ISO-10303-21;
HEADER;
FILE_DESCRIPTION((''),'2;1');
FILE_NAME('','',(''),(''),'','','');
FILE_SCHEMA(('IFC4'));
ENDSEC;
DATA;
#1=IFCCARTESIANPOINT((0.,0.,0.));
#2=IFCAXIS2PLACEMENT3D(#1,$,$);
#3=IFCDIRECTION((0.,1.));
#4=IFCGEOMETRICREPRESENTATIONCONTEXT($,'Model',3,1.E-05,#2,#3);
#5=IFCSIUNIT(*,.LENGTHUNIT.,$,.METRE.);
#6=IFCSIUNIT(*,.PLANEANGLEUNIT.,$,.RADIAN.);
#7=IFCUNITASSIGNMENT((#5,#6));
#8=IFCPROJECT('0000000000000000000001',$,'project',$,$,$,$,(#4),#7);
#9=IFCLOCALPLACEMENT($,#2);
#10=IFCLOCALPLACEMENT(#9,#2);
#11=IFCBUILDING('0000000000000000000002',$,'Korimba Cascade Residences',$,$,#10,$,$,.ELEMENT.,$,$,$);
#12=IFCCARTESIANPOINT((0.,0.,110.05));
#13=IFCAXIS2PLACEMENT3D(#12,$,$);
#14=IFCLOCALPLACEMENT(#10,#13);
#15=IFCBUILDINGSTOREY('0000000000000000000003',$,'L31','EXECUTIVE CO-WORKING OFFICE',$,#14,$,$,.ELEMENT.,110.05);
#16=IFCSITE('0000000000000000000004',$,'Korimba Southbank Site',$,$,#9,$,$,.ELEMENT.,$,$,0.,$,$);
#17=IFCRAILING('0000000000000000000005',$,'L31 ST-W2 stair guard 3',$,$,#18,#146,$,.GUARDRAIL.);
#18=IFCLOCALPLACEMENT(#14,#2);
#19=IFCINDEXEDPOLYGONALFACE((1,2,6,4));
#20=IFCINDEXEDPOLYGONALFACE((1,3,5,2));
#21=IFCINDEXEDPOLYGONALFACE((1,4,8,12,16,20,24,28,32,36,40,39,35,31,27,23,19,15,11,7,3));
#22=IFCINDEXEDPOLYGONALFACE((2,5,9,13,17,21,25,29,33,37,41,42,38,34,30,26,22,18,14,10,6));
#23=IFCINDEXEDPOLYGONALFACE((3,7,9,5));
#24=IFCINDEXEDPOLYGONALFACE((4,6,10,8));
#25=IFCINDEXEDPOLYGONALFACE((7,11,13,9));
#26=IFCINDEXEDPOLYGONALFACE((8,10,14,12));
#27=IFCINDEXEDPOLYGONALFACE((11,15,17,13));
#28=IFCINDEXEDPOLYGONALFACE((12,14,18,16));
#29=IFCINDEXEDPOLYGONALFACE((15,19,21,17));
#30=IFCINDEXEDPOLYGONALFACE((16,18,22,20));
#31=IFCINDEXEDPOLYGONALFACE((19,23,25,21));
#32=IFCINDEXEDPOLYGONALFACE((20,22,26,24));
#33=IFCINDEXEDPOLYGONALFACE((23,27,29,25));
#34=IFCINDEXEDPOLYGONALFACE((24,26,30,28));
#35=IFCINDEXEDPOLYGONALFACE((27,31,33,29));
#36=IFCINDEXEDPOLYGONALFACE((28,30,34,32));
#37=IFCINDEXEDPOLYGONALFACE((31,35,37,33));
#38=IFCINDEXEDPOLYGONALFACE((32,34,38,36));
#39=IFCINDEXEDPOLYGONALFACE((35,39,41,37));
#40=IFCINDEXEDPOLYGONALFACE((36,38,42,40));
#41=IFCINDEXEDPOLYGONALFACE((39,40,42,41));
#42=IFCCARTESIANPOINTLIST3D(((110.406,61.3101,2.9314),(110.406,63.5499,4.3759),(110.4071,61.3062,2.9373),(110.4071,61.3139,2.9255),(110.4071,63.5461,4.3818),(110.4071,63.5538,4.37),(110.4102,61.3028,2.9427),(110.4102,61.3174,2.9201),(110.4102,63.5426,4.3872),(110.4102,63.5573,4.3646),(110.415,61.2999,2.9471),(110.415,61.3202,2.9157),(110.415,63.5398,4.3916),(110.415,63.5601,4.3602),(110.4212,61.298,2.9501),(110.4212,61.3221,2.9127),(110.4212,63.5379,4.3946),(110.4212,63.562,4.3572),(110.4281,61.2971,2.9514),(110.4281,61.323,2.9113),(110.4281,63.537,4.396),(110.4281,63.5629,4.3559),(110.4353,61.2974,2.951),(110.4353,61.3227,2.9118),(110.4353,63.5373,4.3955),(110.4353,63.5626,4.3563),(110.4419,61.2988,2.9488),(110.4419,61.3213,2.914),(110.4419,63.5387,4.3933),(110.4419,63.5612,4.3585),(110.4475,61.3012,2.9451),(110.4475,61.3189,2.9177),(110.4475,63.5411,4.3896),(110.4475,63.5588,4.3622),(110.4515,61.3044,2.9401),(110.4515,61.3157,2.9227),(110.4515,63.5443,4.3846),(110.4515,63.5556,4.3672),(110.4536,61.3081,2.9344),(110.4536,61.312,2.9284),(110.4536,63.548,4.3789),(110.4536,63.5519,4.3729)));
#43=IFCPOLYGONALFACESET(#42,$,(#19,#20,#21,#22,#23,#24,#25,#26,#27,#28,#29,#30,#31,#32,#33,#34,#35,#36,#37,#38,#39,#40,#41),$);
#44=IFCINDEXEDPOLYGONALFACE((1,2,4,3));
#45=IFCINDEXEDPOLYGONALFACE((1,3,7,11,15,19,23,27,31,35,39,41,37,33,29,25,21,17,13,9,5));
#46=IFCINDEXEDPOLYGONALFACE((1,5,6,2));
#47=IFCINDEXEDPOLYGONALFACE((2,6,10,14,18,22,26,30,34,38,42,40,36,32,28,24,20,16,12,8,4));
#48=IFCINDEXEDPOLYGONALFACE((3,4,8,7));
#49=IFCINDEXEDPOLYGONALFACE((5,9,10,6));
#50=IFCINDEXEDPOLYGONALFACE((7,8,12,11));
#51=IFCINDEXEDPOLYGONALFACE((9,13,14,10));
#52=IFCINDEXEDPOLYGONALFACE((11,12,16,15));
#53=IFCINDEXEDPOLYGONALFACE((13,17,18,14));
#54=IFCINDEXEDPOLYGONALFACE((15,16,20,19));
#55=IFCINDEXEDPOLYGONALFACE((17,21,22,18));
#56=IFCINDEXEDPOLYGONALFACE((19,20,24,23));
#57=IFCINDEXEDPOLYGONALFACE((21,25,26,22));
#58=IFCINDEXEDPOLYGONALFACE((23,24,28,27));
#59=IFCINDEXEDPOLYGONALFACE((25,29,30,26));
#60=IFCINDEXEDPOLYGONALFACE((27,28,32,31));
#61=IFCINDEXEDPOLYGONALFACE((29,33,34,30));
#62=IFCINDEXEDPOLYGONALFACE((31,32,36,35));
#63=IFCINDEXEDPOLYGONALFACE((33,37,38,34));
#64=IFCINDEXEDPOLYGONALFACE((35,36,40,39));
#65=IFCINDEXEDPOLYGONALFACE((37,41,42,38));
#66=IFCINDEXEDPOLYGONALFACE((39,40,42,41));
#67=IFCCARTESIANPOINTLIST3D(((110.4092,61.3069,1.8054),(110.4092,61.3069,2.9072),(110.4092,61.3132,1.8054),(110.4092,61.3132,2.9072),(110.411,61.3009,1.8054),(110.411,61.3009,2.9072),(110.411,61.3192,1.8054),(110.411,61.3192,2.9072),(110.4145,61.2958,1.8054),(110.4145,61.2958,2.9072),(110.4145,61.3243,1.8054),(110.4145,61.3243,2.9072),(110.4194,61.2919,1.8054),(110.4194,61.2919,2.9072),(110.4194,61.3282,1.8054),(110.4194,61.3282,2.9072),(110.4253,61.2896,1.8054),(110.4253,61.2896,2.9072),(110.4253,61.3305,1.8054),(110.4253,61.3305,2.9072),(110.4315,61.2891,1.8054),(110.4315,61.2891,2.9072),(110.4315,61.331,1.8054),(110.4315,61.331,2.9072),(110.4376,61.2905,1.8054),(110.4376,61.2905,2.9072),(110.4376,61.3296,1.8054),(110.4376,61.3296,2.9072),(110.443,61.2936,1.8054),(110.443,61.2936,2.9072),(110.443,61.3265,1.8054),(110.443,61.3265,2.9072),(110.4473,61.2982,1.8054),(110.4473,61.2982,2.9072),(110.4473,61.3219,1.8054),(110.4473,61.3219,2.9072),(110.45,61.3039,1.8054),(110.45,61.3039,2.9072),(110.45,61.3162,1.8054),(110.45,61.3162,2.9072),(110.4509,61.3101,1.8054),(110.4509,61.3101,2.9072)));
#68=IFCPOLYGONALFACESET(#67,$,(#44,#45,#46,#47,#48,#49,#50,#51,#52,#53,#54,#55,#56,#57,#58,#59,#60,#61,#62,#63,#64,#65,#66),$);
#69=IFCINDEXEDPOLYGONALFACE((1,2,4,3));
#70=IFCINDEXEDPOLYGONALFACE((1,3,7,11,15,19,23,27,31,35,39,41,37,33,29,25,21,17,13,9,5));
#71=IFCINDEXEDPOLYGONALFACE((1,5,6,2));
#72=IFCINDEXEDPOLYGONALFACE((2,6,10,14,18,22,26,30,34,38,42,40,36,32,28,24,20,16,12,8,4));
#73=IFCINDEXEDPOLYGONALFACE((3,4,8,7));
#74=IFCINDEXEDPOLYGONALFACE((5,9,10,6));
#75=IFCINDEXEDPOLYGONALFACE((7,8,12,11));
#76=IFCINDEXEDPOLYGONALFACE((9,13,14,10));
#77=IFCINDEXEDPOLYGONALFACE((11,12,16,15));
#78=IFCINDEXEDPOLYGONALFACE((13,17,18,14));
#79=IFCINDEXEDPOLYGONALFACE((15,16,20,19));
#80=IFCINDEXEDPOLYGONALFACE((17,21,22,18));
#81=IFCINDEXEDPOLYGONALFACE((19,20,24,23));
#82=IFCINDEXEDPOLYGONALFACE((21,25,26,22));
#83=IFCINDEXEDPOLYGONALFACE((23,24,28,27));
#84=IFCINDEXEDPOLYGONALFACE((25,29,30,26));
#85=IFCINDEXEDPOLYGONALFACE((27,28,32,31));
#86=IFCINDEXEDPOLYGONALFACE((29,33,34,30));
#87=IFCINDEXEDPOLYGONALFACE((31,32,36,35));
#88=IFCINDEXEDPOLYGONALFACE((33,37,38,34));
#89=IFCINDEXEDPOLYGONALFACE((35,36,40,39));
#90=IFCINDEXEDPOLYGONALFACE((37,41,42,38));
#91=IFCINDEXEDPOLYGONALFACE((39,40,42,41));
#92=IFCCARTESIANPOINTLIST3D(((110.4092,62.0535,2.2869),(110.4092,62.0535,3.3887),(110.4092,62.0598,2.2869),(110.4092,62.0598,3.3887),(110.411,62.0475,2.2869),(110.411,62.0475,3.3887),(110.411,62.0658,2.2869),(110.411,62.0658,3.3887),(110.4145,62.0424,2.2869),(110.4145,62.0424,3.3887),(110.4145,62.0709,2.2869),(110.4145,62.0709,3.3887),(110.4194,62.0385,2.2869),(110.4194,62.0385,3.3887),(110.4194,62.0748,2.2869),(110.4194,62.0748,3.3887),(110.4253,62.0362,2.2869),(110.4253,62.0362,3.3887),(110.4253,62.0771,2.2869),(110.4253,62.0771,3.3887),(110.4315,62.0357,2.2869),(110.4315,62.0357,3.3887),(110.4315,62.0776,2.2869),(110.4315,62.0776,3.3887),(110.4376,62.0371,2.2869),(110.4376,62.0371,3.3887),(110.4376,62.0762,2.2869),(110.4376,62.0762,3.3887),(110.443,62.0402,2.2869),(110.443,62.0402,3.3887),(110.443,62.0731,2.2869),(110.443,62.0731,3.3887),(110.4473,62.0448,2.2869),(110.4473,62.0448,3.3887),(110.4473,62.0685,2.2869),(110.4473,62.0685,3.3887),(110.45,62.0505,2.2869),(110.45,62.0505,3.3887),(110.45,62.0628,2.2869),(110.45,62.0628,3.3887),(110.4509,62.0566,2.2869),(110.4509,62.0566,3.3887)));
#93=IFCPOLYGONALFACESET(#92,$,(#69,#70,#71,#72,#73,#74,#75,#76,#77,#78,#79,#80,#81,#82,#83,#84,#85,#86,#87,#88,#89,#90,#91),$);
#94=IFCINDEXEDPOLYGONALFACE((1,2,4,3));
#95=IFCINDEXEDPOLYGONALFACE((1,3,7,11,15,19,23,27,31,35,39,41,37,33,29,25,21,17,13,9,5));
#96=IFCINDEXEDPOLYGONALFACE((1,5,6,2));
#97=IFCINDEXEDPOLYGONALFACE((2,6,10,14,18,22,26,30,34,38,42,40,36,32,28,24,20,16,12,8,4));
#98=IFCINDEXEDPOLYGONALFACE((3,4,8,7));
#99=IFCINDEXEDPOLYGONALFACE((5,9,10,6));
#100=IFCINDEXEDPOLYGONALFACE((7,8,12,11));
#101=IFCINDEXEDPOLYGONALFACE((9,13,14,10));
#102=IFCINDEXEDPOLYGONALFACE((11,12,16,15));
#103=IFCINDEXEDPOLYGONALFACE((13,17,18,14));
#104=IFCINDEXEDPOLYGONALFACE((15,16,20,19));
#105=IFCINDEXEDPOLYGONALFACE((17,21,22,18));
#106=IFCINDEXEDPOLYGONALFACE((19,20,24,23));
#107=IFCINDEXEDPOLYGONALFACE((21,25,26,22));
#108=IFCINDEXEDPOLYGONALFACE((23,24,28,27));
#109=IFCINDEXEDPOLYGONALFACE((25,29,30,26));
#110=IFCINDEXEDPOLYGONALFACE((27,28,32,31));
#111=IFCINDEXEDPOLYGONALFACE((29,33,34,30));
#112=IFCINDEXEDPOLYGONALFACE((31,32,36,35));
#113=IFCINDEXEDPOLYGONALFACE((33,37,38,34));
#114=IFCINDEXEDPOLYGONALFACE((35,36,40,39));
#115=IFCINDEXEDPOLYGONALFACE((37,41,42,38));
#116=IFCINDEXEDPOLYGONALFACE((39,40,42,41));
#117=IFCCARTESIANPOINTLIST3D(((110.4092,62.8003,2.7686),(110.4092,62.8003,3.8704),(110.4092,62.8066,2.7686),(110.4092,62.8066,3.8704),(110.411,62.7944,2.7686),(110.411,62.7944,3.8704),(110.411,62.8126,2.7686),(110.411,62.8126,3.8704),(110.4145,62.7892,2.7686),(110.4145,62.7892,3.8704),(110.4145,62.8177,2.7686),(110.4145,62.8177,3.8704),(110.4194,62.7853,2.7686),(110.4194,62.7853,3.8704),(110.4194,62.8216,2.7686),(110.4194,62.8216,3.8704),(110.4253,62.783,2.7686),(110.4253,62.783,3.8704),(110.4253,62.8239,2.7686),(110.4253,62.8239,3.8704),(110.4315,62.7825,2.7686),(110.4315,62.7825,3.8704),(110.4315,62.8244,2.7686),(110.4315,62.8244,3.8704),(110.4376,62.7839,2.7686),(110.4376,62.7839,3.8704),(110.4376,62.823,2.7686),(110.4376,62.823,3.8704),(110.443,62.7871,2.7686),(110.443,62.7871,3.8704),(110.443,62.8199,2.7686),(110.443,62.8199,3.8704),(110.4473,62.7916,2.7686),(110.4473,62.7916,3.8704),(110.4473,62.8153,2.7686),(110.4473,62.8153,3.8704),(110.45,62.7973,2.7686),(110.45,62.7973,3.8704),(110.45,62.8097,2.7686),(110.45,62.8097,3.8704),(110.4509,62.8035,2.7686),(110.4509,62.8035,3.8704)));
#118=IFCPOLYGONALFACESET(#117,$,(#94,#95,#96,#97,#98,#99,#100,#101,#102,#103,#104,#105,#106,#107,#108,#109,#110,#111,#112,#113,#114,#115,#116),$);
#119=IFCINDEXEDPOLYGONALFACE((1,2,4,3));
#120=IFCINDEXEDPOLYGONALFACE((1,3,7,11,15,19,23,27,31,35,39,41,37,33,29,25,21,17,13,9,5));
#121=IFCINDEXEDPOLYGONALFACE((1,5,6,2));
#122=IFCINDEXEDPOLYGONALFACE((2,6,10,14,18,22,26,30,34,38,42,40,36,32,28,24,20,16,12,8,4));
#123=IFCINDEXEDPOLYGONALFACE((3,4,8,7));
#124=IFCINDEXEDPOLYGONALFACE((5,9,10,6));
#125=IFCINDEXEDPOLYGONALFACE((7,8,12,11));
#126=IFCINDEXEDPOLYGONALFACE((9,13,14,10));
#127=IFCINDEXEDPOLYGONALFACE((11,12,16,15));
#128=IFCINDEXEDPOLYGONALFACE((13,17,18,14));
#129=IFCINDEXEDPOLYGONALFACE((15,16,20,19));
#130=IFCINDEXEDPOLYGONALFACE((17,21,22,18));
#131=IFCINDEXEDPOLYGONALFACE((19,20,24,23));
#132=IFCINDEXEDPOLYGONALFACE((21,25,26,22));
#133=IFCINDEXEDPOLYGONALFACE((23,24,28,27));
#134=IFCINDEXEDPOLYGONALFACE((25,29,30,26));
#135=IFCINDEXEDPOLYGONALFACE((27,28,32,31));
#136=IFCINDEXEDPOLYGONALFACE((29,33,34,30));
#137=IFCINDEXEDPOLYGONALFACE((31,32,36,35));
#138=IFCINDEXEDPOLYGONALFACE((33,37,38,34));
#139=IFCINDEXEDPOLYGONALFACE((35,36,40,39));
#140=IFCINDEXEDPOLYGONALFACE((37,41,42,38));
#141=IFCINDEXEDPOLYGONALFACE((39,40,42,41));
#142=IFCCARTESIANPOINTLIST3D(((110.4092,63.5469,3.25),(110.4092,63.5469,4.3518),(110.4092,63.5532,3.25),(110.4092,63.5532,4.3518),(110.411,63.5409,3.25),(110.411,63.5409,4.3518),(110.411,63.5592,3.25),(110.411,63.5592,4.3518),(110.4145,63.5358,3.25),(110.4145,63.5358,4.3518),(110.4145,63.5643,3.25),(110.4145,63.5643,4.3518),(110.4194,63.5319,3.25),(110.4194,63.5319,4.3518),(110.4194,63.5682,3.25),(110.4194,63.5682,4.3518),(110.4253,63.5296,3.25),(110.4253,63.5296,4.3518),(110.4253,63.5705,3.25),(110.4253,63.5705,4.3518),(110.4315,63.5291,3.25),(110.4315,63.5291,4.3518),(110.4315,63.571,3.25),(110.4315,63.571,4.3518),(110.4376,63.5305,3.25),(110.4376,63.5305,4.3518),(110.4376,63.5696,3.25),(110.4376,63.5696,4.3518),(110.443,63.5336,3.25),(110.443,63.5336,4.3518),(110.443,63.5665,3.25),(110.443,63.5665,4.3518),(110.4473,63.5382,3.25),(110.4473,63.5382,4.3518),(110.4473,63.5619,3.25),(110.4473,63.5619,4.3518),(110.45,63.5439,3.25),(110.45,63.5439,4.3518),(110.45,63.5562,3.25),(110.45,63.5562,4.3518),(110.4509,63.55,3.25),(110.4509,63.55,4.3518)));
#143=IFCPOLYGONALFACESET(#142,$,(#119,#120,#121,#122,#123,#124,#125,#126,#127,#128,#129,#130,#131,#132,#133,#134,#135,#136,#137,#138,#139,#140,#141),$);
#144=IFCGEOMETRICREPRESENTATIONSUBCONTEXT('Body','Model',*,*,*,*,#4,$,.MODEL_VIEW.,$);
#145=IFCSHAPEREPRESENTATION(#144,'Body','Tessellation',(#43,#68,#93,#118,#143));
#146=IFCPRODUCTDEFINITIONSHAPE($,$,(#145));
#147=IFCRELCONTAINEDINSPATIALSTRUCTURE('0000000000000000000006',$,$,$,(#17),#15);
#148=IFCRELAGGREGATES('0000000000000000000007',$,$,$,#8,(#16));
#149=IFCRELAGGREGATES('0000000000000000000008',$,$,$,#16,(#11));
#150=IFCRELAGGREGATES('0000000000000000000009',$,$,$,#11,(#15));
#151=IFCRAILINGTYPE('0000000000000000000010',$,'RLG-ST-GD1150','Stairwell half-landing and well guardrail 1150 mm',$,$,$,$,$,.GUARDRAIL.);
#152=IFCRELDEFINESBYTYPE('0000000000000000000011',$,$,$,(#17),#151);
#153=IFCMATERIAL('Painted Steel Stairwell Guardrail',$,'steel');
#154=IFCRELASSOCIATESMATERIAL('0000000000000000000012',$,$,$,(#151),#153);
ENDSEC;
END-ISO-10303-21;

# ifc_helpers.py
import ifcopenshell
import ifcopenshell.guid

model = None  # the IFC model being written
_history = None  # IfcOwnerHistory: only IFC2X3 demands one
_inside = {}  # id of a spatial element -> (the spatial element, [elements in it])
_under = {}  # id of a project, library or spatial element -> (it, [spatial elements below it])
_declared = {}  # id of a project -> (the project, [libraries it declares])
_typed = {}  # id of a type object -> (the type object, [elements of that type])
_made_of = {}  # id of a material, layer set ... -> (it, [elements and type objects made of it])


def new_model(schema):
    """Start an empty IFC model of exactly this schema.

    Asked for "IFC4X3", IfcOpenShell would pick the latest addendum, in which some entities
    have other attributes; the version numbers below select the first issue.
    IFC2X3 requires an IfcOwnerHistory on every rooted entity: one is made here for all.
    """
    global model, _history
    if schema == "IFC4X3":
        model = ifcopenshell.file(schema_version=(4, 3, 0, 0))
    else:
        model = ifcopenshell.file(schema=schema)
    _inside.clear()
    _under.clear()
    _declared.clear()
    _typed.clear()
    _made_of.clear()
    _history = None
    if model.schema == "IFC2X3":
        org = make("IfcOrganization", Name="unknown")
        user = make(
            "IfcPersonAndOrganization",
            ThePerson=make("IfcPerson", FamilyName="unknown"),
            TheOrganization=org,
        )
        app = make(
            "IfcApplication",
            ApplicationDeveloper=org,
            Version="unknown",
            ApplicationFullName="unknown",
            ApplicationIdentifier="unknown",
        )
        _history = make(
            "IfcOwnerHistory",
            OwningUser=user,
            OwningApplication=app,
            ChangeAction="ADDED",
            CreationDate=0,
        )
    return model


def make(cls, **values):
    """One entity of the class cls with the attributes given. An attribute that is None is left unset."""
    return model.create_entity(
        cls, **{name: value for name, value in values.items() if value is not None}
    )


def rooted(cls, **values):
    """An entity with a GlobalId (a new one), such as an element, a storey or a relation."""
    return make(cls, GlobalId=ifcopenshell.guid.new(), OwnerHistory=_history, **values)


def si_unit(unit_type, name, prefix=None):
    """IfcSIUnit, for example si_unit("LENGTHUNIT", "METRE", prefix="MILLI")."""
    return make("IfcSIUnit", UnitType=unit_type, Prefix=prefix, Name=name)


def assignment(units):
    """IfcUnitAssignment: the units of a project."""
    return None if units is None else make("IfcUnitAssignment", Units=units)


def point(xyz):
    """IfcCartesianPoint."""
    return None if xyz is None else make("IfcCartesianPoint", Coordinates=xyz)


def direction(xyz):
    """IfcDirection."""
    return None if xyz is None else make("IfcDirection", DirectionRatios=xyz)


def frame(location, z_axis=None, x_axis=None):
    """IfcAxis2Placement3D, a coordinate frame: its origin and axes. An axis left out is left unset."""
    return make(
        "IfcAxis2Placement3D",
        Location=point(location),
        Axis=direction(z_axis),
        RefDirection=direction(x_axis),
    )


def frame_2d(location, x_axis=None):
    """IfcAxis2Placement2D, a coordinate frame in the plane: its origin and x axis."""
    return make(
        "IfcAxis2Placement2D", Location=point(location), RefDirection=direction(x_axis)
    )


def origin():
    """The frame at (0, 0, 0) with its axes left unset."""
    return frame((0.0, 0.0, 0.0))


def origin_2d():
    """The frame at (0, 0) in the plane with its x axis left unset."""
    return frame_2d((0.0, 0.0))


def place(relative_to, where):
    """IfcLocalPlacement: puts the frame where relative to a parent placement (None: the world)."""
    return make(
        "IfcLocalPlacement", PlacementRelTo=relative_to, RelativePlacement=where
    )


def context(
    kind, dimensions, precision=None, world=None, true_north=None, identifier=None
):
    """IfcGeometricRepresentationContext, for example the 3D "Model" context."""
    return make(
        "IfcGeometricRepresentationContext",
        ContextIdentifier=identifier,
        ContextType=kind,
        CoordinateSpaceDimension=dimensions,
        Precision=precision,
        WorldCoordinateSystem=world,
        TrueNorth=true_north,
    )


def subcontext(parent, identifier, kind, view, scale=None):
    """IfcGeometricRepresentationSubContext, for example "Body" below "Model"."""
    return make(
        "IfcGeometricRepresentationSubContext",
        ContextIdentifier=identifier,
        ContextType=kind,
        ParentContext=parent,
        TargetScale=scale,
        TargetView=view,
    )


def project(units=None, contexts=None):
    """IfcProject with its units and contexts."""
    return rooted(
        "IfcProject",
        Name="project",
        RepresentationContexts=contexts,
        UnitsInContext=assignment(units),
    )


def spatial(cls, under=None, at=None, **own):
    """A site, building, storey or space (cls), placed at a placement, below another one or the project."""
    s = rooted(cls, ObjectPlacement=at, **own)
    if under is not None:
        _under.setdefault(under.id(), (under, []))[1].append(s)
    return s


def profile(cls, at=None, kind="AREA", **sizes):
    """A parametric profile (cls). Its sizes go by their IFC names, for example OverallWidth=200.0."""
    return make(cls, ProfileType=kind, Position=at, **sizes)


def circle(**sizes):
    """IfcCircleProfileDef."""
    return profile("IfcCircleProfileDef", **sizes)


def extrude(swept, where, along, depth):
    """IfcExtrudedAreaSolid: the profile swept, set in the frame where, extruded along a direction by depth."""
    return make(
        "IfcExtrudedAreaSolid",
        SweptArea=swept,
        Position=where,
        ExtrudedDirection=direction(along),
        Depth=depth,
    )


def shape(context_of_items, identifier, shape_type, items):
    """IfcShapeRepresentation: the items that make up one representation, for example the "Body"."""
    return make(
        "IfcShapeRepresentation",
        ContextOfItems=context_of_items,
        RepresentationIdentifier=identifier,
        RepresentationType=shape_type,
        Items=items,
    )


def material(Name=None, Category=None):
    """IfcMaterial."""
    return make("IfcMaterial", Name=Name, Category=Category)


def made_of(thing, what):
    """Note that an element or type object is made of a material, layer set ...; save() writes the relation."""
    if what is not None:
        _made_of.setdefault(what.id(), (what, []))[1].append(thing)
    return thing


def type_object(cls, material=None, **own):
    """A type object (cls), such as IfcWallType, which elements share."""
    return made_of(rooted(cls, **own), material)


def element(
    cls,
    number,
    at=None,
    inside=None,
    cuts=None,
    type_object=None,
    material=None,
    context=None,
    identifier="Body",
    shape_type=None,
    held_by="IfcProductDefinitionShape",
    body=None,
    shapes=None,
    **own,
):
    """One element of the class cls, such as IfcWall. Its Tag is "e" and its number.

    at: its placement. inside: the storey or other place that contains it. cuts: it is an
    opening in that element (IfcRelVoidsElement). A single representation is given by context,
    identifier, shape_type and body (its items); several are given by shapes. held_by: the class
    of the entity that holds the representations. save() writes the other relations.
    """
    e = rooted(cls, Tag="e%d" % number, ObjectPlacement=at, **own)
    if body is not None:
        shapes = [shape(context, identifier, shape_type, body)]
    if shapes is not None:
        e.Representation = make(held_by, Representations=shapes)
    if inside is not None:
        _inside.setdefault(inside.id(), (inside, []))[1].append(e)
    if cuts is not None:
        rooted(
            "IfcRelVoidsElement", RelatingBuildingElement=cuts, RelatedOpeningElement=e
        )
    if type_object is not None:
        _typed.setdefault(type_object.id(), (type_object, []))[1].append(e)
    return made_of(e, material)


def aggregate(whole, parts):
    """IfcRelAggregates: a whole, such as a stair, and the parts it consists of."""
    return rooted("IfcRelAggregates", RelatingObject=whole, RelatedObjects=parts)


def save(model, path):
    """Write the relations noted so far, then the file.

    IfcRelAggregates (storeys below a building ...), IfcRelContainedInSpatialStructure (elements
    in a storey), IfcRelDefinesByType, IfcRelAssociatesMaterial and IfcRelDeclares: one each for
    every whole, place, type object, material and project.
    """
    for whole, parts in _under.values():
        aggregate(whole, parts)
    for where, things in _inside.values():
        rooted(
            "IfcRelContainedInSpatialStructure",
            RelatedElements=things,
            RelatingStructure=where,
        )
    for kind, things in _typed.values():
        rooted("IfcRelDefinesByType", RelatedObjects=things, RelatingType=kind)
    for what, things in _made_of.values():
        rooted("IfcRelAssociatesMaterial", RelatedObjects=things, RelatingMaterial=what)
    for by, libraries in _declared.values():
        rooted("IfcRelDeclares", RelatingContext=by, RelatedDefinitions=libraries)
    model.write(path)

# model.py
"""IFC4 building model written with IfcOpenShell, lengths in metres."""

from ifc_helpers import new_model, si_unit, direction, frame, origin, origin_2d, place, context, subcontext, project, spatial, circle, extrude, material, type_object, element, save


model = new_model("IFC4")

# Units and contexts
model_context = context("Model", 3, precision=1e-05, world=origin(), true_north=direction((0.0, 1.0)))
body_context = subcontext(model_context, "Body", "Model", "MODEL_VIEW")
ifc_project = project(units=[si_unit("LENGTHUNIT", "METRE"), si_unit("PLANEANGLEUNIT", "RADIAN")], contexts=[model_context])

# Site, building, storey
site_placement = place(None, origin())
site = spatial("IfcSite", under=ifc_project, at=site_placement, Name="Korimba Southbank Site", CompositionType="ELEMENT", RefElevation=0.0)
building_placement = place(site_placement, origin())
building = spatial("IfcBuilding", under=site, at=building_placement, Name="Korimba Cascade Residences", CompositionType="ELEMENT")
storey_placement = place(building_placement, frame((0.0, 0.0, 110.05)))
storey = spatial("IfcBuildingStorey", under=building, at=storey_placement, Name="L31", Description="EXECUTIVE CO-WORKING OFFICE", CompositionType="ELEMENT", Elevation=110.05)

# Railing
ifc_material_1 = material(Name="Painted Steel Stairwell Guardrail", Category="steel")
railing_type_1 = type_object("IfcRailingType", Name="RLG-ST-GD1150", Description="Stairwell half-landing and well guardrail 1150 mm", PredefinedType="GUARDRAIL", material=ifc_material_1)
railing_1_placement = place(storey_placement, frame((110.4299, 61.3101, 1.8054)))
element("IfcRailing", 1, at=railing_1_placement, inside=storey, type_object=railing_type_1, Name="L31 ST-W2 stair guard 3", PredefinedType="GUARDRAIL", context=body_context, shape_type="SweptSolid", body=[
    extrude(circle(Radius=0.0239, at=origin_2d()), frame((0.0, 0.0, 1.126), z_axis=(0.0, 0.840395, 0.541975), x_axis=(-1.0, 0.0, 0.0)), (0.0, 0.0, 1.0), 2.6653),
    extrude(circle(Radius=0.021, at=origin_2d()), origin(), (0.0, 0.0, 1.0), 1.1018),
    extrude(circle(Radius=0.021, at=origin_2d()), frame((0.0, 0.7466, 0.4814)), (0.0, 0.0, 1.0), 1.1018),
    extrude(circle(Radius=0.021, at=origin_2d()), frame((0.0, 1.4934, 0.9631)), (0.0, 0.0, 1.0), 1.1018),
    extrude(circle(Radius=0.021, at=origin_2d()), frame((0.0, 2.24, 1.4446)), (0.0, 0.0, 1.0), 1.1018),
])

save(model, "model.ifc")
